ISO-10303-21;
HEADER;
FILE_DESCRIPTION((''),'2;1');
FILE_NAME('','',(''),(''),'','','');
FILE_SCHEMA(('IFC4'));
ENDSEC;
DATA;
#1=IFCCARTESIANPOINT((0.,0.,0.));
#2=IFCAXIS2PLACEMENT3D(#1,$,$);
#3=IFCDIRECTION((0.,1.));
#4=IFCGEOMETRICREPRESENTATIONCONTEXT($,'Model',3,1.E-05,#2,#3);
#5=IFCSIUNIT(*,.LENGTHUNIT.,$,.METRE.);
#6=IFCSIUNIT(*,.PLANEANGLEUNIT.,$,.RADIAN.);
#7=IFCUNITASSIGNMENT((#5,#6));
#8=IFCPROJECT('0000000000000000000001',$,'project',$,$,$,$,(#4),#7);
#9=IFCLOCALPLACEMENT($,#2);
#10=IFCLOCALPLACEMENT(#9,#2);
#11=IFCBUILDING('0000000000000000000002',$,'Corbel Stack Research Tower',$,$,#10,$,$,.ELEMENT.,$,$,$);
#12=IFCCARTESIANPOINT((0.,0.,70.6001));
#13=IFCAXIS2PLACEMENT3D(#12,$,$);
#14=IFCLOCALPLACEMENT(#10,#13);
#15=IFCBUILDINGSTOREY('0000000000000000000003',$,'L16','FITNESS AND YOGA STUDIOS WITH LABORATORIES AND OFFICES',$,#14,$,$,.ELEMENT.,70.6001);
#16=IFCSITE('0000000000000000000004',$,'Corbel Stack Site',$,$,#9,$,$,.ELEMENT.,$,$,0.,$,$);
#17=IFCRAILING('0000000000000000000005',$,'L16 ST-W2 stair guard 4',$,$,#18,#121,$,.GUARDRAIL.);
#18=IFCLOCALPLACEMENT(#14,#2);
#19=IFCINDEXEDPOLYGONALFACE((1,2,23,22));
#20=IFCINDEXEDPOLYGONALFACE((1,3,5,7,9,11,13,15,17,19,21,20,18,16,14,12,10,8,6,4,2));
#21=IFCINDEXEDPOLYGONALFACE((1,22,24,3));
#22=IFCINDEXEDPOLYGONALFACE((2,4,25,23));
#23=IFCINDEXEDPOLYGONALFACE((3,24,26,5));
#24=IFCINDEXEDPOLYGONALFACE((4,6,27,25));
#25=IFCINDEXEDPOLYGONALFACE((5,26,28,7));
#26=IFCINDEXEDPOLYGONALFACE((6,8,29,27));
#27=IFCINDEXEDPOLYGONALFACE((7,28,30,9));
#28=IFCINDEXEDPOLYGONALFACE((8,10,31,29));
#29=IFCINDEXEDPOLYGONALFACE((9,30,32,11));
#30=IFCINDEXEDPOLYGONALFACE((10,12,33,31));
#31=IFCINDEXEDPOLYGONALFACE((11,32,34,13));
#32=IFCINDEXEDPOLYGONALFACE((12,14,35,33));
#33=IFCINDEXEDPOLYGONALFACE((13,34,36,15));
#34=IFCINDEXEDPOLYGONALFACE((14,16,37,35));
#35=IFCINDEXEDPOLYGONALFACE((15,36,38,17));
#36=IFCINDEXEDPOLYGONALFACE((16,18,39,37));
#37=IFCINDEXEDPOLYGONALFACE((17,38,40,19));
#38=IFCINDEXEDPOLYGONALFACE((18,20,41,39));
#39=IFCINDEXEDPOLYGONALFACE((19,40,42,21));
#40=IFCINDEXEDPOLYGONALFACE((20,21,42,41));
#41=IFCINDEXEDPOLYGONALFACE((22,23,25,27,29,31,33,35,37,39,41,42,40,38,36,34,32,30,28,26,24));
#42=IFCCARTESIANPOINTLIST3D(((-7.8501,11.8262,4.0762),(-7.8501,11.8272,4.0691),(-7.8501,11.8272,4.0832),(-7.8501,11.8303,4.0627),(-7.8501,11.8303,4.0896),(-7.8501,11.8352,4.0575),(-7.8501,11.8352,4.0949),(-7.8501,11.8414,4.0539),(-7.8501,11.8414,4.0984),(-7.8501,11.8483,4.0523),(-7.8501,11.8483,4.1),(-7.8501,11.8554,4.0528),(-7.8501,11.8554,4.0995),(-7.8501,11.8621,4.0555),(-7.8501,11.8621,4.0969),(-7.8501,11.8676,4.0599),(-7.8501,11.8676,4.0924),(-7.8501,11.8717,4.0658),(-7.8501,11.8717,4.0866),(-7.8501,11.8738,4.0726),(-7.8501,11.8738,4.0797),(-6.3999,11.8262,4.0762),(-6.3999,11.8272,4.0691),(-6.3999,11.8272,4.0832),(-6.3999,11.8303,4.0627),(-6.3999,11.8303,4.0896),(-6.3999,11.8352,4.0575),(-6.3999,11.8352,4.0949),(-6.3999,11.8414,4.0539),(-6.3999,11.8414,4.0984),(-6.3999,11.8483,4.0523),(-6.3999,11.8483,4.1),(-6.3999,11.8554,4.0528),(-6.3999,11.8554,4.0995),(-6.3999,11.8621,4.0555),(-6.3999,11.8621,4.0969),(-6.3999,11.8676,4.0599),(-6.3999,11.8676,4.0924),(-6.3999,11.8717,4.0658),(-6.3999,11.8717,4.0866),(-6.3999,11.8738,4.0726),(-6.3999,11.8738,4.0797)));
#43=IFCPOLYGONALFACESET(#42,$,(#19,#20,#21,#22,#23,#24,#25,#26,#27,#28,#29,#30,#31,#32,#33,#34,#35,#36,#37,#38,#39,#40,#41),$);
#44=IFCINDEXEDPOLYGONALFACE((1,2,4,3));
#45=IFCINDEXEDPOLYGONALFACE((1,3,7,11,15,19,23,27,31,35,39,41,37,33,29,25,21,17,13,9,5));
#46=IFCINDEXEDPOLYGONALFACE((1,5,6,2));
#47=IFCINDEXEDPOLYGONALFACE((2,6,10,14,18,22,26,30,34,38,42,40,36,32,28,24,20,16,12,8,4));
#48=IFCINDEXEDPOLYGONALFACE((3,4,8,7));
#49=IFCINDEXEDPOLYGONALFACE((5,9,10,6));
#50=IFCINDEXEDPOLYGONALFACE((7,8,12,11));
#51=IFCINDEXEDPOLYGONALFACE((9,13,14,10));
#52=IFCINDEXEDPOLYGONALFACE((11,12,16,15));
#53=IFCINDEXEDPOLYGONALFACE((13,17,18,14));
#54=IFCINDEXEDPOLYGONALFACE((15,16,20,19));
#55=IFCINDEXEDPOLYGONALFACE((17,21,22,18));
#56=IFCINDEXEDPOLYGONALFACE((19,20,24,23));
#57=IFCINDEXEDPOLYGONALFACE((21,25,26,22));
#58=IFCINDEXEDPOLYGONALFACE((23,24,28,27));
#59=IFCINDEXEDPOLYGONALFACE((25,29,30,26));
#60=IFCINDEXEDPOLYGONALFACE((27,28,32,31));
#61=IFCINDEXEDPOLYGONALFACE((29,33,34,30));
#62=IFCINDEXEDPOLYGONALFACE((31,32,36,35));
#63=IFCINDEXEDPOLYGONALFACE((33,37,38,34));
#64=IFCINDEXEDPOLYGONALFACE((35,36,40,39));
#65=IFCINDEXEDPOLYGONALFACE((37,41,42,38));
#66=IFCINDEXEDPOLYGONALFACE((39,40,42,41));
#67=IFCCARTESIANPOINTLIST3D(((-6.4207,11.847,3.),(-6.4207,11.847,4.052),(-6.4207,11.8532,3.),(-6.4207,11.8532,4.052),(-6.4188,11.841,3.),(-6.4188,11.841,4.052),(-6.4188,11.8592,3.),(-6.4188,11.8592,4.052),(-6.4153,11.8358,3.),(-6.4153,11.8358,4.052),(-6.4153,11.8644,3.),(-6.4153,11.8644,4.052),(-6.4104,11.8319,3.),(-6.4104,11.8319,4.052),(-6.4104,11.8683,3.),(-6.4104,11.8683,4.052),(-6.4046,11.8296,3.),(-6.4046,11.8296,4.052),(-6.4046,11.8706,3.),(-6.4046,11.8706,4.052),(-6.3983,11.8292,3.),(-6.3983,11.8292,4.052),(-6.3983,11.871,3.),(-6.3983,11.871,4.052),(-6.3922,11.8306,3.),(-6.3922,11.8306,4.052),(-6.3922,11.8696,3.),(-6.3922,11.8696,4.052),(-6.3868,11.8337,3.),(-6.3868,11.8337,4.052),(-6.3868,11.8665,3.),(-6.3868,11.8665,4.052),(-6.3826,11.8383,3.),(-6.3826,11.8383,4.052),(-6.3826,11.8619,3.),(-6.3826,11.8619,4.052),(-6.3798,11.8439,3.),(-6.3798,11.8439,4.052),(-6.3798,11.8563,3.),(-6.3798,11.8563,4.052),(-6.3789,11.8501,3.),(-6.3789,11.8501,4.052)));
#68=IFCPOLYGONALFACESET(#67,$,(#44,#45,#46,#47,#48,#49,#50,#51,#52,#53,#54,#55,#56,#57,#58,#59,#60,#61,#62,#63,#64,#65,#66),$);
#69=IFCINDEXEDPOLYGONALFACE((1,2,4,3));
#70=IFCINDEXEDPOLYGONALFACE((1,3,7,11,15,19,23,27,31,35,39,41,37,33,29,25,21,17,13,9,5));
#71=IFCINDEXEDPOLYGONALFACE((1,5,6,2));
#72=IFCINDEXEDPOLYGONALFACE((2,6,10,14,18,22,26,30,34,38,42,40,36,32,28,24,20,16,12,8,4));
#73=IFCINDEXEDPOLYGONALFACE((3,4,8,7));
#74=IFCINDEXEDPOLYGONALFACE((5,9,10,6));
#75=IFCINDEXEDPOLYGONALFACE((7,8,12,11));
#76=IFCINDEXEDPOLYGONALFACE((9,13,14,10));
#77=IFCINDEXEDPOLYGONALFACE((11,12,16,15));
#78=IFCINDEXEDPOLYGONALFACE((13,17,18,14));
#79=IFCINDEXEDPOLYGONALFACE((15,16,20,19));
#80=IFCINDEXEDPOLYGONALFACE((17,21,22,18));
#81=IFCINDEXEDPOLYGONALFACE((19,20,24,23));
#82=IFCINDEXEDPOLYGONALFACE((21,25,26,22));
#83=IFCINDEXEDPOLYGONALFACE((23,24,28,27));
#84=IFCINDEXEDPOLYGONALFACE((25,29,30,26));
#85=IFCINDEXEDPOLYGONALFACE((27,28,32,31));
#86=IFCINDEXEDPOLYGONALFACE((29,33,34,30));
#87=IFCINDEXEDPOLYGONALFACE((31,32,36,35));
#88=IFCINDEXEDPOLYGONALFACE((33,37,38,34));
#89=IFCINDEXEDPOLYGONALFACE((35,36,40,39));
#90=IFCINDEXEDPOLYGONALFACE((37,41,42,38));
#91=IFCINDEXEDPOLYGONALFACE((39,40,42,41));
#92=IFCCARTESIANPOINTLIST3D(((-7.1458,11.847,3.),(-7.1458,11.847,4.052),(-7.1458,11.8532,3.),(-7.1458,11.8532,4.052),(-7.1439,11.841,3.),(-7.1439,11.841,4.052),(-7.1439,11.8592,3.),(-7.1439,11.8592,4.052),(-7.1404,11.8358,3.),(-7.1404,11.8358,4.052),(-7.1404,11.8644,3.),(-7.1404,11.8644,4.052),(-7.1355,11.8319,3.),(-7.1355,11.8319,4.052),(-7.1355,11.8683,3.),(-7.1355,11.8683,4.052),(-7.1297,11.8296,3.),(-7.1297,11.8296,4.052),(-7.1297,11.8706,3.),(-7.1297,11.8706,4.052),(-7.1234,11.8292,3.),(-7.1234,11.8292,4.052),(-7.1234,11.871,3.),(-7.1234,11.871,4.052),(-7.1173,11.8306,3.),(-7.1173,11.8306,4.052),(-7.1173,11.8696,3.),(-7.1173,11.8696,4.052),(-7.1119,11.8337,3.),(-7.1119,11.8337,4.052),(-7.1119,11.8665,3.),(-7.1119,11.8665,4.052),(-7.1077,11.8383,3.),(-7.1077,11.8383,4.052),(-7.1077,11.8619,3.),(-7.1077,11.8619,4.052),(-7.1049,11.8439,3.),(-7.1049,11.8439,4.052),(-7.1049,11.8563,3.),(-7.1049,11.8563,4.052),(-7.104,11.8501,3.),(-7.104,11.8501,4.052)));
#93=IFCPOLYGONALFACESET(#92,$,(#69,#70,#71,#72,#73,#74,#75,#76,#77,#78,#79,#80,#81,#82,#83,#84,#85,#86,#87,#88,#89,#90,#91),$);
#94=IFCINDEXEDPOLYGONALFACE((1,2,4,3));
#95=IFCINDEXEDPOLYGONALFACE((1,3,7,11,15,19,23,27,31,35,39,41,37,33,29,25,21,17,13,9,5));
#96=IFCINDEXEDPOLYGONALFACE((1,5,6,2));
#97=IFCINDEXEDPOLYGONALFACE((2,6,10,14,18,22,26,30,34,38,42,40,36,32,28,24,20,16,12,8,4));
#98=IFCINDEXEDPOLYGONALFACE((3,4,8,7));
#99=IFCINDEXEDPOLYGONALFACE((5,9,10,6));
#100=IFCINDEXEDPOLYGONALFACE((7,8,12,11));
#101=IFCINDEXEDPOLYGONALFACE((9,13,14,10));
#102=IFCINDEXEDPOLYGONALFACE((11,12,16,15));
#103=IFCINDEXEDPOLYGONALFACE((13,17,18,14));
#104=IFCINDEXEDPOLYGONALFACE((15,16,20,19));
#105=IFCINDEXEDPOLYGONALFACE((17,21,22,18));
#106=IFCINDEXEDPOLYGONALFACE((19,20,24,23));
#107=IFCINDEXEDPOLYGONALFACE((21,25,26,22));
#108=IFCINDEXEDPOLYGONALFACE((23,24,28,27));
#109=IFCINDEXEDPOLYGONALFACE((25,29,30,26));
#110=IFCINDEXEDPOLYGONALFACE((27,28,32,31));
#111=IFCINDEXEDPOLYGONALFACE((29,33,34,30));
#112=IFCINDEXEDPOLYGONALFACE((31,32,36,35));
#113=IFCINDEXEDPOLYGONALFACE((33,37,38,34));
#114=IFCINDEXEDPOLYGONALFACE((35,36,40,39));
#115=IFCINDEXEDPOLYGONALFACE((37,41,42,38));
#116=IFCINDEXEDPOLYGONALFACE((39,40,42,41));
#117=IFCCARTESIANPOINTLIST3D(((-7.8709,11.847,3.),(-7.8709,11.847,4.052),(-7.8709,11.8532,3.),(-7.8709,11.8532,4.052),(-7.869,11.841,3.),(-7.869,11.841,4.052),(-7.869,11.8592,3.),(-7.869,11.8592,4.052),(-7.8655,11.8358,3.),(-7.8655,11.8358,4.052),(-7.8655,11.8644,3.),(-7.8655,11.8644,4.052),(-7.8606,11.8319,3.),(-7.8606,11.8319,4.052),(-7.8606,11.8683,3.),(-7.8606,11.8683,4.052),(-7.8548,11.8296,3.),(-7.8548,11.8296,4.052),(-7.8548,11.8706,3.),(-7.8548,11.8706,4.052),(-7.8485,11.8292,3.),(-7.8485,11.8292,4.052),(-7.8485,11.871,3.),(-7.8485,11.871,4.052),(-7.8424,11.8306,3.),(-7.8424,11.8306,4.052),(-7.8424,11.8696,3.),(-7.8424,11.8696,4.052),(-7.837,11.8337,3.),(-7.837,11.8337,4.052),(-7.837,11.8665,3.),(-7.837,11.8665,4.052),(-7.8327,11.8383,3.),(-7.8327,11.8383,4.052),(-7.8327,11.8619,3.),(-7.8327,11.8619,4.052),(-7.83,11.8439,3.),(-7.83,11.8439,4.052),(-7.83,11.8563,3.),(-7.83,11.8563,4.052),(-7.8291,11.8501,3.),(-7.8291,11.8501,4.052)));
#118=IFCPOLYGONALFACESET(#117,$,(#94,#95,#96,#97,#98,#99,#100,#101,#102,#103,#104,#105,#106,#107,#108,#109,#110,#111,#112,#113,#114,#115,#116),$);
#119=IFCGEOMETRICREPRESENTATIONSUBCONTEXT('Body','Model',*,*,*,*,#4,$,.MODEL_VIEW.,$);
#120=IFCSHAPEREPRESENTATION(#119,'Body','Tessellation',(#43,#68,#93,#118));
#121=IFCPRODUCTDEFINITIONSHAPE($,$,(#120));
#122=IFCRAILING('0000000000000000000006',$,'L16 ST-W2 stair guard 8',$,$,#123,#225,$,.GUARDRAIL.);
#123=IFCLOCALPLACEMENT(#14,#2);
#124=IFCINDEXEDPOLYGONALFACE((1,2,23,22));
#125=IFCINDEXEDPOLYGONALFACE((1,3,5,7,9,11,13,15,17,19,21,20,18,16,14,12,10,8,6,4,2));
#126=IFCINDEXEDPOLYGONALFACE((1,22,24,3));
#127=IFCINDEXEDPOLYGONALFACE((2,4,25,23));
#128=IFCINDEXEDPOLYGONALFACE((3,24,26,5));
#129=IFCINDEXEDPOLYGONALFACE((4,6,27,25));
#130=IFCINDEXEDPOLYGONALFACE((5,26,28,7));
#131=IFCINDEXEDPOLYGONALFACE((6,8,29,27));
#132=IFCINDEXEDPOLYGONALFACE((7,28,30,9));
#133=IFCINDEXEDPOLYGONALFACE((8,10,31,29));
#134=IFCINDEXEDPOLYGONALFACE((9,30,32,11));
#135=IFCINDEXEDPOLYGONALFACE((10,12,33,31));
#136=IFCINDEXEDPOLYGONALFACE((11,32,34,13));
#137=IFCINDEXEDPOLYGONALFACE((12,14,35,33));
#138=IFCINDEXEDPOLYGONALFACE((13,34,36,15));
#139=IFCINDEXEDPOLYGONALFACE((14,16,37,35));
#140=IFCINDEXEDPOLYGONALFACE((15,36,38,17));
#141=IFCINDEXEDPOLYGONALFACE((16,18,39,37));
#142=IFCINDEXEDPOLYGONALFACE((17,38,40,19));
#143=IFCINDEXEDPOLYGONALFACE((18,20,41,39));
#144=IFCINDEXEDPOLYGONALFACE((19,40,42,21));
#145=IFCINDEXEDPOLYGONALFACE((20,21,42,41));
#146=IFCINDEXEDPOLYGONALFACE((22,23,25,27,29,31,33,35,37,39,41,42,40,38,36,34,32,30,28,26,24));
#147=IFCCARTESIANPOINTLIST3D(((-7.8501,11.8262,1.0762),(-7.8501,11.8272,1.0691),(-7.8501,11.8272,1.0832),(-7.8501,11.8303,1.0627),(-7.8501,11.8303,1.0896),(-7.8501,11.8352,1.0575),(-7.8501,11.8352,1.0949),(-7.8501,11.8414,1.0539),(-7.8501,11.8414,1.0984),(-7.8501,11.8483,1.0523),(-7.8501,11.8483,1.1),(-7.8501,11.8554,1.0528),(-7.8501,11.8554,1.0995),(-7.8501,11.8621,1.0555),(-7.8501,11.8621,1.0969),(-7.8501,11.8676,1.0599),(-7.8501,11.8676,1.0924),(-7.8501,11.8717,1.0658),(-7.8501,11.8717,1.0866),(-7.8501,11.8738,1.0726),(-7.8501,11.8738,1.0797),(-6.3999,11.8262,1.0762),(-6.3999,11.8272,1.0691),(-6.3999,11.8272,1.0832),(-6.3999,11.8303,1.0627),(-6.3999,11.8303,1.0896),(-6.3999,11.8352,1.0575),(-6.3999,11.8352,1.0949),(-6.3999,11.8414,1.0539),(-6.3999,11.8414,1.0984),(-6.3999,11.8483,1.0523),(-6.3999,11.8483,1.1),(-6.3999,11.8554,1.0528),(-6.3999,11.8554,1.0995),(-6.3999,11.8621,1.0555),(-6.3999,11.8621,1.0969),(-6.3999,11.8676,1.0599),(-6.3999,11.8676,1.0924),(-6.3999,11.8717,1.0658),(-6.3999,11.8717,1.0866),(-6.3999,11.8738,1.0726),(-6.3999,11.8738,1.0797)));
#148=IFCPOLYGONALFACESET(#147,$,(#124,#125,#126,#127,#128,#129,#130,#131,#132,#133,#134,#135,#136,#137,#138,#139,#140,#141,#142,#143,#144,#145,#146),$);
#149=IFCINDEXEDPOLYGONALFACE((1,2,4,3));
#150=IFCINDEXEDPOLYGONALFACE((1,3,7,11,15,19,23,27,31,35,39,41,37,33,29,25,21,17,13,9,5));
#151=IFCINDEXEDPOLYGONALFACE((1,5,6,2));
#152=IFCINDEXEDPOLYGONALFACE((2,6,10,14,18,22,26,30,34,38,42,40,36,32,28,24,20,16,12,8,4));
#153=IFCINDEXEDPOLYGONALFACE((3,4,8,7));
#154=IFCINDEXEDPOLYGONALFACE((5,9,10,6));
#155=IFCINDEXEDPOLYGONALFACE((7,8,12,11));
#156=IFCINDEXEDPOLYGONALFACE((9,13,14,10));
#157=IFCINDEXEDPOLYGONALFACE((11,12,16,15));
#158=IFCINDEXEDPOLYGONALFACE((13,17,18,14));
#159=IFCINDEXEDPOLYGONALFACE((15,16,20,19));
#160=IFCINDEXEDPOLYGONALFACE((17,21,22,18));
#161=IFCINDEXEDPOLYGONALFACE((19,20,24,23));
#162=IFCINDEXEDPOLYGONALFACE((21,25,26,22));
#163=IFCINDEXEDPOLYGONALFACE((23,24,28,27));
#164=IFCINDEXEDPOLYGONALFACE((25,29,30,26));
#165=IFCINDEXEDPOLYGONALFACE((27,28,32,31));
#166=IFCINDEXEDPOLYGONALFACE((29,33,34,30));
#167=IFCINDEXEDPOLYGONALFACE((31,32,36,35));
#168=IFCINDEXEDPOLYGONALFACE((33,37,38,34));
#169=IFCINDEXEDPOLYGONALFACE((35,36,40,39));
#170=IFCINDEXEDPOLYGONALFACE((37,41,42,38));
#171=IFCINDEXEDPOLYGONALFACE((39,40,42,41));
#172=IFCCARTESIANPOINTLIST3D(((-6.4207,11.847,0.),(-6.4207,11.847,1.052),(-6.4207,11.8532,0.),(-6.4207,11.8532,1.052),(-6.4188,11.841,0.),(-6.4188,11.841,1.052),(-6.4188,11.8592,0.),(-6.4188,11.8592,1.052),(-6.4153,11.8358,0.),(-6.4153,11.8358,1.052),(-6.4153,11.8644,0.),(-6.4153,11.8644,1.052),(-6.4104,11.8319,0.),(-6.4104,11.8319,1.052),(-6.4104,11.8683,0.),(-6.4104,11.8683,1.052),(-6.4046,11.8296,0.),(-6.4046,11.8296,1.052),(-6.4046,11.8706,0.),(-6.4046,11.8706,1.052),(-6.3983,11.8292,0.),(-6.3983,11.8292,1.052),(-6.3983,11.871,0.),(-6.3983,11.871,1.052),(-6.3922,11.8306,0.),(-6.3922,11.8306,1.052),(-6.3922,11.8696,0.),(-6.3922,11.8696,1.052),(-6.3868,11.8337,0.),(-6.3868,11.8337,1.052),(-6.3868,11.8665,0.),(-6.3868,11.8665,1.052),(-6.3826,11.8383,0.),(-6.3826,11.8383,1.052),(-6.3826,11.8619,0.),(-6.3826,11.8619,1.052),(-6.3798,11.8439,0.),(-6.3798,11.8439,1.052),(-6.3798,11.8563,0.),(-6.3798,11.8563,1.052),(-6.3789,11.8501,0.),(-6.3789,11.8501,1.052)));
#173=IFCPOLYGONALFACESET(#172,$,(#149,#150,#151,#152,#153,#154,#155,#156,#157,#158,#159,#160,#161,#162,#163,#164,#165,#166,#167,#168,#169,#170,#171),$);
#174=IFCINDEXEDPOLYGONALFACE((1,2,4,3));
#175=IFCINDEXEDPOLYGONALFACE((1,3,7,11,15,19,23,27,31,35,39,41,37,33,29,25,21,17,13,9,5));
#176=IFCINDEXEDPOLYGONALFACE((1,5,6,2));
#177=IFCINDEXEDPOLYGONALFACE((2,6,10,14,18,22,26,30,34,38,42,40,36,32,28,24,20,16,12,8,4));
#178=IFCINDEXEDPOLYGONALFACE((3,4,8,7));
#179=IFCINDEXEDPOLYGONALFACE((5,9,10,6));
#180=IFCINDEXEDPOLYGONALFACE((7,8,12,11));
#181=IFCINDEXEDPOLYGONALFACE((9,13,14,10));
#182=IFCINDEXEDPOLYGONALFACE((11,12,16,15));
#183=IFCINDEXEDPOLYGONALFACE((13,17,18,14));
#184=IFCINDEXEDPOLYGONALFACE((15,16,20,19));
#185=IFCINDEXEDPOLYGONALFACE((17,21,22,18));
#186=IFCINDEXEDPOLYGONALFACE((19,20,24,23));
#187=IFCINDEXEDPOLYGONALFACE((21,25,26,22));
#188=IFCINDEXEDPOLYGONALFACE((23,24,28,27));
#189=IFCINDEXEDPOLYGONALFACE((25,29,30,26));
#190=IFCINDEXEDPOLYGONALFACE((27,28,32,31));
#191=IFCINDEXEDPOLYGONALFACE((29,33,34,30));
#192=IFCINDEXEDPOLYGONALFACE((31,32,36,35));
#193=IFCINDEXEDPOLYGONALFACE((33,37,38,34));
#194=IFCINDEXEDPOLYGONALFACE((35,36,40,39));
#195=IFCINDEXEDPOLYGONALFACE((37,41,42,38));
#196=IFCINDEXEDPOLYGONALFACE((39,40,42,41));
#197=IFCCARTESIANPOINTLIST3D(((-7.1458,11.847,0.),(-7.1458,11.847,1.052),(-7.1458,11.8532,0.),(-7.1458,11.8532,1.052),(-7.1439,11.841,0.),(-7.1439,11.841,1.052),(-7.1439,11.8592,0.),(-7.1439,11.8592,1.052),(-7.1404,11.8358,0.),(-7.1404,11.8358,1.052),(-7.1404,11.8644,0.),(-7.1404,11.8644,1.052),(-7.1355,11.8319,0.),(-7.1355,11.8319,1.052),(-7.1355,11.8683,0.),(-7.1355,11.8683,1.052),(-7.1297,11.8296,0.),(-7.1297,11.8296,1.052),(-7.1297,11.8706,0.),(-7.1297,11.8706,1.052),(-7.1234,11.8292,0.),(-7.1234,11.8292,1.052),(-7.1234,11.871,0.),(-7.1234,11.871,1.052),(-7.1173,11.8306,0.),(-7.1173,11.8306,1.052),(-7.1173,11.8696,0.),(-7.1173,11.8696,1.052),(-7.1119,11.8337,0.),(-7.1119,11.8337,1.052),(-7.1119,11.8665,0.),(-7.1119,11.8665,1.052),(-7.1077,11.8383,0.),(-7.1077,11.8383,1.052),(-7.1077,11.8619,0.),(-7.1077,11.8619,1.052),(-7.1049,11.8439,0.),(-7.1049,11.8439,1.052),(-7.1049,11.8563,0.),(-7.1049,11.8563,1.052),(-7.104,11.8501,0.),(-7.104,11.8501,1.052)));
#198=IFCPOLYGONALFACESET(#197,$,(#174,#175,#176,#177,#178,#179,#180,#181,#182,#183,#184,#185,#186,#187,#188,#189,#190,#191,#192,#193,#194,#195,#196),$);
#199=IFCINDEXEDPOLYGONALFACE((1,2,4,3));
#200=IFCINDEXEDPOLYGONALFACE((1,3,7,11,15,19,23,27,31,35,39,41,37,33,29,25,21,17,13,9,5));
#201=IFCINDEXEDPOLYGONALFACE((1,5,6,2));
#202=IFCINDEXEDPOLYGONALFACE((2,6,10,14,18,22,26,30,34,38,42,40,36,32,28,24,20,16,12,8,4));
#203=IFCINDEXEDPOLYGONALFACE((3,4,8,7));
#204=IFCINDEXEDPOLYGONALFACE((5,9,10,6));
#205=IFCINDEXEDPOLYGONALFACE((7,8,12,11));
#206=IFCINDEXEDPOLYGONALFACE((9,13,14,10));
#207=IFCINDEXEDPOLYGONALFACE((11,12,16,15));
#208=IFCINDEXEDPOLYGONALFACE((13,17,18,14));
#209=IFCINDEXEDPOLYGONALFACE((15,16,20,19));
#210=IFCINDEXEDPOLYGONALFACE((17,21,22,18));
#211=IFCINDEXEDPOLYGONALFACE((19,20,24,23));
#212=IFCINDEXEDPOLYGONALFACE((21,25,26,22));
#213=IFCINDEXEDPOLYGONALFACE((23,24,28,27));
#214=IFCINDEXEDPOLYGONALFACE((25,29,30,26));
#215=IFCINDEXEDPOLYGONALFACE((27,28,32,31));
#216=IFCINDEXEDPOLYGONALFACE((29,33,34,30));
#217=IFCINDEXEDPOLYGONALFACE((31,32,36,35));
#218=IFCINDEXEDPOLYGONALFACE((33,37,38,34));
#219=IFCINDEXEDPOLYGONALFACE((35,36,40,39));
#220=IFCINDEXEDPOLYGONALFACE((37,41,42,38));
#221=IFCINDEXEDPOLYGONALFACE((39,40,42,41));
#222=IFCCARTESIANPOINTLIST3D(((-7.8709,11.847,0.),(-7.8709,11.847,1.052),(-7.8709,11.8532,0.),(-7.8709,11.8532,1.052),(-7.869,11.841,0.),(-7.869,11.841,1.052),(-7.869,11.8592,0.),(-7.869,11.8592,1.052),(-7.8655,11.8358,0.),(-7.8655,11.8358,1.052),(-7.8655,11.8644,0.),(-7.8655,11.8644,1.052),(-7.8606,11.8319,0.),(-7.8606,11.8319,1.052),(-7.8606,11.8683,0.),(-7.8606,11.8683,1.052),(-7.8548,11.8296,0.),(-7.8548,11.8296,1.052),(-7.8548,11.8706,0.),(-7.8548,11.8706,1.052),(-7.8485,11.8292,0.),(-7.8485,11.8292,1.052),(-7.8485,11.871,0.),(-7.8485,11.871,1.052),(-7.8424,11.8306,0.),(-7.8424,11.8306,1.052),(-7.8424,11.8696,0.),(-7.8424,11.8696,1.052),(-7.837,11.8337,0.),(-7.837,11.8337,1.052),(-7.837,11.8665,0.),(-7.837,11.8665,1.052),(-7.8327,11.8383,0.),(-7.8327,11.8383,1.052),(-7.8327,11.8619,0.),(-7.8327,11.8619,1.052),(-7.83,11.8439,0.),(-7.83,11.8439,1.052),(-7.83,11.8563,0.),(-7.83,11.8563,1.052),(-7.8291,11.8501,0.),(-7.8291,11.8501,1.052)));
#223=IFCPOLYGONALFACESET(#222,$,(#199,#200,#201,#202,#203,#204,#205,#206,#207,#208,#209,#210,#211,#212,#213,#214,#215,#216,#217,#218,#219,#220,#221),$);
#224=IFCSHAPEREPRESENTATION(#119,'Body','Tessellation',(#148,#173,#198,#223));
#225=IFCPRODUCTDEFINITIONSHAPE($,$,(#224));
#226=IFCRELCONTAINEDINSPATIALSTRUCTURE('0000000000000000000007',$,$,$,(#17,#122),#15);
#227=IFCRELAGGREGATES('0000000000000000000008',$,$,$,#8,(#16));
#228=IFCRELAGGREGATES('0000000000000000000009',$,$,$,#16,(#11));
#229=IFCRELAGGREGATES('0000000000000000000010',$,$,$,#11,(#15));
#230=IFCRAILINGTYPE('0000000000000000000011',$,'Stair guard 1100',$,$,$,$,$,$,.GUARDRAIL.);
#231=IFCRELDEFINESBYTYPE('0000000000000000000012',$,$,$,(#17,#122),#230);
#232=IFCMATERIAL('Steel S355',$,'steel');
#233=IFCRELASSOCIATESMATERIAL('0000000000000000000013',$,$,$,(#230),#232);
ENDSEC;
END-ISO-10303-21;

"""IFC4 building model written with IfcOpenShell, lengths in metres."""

from ifc_helpers import new_model, si_unit, direction, frame, origin, origin_2d, place, context, subcontext, project, spatial, circle, extrude, material, type_object, element, save


model = new_model("IFC4")

# Units and contexts
model_context = context("Model", 3, precision=1e-05, world=origin(), true_north=direction((0.0, 1.0)))
body_context = subcontext(model_context, "Body", "Model", "MODEL_VIEW")
ifc_project = project(units=[si_unit("LENGTHUNIT", "METRE"), si_unit("PLANEANGLEUNIT", "RADIAN")], contexts=[model_context])

# Site, building, storey
site_placement = place(None, origin())
site = spatial("IfcSite", under=ifc_project, at=site_placement, Name="Corbel Stack Site", CompositionType="ELEMENT", RefElevation=0.0)
building_placement = place(site_placement, origin())
building = spatial("IfcBuilding", under=site, at=building_placement, Name="Corbel Stack Research Tower", CompositionType="ELEMENT")
storey_placement = place(building_placement, frame((0.0, 0.0, 70.6001)))
storey = spatial("IfcBuildingStorey", under=building, at=storey_placement, Name="L16", Description="FITNESS AND YOGA STUDIOS WITH LABORATORIES AND OFFICES", CompositionType="ELEMENT", Elevation=70.6001)

# Railings
ifc_material_1 = material(Name="Steel S355", Category="steel")
railing_type = type_object("IfcRailingType", Name="Stair guard 1100", PredefinedType="GUARDRAIL", material=ifc_material_1)
for number, where, name in (
    (1, (-6.3999, 11.8501, 3.0), "L16 ST-W2 stair guard 4"),
    (2, (-6.3999, 11.8501, 0.0), "L16 ST-W2 stair guard 8"),
):
    element("IfcRailing", number, at=place(storey_placement, frame(where)), inside=storey, type_object=railing_type, Name=name, PredefinedType="GUARDRAIL", context=body_context, shape_type="SweptSolid", body=[
        extrude(circle(Radius=0.0239, at=origin_2d()), frame((0.0, 0.0, 1.0762), z_axis=(-1.0, 0.0, 0.0), x_axis=(0.0, -1.0, 0.0)), (0.0, 0.0, 1.0), 1.4502),
        extrude(circle(Radius=0.021, at=origin_2d()), origin(), (0.0, 0.0, 1.0), 1.052),
        extrude(circle(Radius=0.021, at=origin_2d()), frame((-0.7251, 0.0, 0.0)), (0.0, 0.0, 1.0), 1.052),
        extrude(circle(Radius=0.021, at=origin_2d()), frame((-1.4502, 0.0, 0.0)), (0.0, 0.0, 1.0), 1.052),
    ])

save(model, "model.ifc")
